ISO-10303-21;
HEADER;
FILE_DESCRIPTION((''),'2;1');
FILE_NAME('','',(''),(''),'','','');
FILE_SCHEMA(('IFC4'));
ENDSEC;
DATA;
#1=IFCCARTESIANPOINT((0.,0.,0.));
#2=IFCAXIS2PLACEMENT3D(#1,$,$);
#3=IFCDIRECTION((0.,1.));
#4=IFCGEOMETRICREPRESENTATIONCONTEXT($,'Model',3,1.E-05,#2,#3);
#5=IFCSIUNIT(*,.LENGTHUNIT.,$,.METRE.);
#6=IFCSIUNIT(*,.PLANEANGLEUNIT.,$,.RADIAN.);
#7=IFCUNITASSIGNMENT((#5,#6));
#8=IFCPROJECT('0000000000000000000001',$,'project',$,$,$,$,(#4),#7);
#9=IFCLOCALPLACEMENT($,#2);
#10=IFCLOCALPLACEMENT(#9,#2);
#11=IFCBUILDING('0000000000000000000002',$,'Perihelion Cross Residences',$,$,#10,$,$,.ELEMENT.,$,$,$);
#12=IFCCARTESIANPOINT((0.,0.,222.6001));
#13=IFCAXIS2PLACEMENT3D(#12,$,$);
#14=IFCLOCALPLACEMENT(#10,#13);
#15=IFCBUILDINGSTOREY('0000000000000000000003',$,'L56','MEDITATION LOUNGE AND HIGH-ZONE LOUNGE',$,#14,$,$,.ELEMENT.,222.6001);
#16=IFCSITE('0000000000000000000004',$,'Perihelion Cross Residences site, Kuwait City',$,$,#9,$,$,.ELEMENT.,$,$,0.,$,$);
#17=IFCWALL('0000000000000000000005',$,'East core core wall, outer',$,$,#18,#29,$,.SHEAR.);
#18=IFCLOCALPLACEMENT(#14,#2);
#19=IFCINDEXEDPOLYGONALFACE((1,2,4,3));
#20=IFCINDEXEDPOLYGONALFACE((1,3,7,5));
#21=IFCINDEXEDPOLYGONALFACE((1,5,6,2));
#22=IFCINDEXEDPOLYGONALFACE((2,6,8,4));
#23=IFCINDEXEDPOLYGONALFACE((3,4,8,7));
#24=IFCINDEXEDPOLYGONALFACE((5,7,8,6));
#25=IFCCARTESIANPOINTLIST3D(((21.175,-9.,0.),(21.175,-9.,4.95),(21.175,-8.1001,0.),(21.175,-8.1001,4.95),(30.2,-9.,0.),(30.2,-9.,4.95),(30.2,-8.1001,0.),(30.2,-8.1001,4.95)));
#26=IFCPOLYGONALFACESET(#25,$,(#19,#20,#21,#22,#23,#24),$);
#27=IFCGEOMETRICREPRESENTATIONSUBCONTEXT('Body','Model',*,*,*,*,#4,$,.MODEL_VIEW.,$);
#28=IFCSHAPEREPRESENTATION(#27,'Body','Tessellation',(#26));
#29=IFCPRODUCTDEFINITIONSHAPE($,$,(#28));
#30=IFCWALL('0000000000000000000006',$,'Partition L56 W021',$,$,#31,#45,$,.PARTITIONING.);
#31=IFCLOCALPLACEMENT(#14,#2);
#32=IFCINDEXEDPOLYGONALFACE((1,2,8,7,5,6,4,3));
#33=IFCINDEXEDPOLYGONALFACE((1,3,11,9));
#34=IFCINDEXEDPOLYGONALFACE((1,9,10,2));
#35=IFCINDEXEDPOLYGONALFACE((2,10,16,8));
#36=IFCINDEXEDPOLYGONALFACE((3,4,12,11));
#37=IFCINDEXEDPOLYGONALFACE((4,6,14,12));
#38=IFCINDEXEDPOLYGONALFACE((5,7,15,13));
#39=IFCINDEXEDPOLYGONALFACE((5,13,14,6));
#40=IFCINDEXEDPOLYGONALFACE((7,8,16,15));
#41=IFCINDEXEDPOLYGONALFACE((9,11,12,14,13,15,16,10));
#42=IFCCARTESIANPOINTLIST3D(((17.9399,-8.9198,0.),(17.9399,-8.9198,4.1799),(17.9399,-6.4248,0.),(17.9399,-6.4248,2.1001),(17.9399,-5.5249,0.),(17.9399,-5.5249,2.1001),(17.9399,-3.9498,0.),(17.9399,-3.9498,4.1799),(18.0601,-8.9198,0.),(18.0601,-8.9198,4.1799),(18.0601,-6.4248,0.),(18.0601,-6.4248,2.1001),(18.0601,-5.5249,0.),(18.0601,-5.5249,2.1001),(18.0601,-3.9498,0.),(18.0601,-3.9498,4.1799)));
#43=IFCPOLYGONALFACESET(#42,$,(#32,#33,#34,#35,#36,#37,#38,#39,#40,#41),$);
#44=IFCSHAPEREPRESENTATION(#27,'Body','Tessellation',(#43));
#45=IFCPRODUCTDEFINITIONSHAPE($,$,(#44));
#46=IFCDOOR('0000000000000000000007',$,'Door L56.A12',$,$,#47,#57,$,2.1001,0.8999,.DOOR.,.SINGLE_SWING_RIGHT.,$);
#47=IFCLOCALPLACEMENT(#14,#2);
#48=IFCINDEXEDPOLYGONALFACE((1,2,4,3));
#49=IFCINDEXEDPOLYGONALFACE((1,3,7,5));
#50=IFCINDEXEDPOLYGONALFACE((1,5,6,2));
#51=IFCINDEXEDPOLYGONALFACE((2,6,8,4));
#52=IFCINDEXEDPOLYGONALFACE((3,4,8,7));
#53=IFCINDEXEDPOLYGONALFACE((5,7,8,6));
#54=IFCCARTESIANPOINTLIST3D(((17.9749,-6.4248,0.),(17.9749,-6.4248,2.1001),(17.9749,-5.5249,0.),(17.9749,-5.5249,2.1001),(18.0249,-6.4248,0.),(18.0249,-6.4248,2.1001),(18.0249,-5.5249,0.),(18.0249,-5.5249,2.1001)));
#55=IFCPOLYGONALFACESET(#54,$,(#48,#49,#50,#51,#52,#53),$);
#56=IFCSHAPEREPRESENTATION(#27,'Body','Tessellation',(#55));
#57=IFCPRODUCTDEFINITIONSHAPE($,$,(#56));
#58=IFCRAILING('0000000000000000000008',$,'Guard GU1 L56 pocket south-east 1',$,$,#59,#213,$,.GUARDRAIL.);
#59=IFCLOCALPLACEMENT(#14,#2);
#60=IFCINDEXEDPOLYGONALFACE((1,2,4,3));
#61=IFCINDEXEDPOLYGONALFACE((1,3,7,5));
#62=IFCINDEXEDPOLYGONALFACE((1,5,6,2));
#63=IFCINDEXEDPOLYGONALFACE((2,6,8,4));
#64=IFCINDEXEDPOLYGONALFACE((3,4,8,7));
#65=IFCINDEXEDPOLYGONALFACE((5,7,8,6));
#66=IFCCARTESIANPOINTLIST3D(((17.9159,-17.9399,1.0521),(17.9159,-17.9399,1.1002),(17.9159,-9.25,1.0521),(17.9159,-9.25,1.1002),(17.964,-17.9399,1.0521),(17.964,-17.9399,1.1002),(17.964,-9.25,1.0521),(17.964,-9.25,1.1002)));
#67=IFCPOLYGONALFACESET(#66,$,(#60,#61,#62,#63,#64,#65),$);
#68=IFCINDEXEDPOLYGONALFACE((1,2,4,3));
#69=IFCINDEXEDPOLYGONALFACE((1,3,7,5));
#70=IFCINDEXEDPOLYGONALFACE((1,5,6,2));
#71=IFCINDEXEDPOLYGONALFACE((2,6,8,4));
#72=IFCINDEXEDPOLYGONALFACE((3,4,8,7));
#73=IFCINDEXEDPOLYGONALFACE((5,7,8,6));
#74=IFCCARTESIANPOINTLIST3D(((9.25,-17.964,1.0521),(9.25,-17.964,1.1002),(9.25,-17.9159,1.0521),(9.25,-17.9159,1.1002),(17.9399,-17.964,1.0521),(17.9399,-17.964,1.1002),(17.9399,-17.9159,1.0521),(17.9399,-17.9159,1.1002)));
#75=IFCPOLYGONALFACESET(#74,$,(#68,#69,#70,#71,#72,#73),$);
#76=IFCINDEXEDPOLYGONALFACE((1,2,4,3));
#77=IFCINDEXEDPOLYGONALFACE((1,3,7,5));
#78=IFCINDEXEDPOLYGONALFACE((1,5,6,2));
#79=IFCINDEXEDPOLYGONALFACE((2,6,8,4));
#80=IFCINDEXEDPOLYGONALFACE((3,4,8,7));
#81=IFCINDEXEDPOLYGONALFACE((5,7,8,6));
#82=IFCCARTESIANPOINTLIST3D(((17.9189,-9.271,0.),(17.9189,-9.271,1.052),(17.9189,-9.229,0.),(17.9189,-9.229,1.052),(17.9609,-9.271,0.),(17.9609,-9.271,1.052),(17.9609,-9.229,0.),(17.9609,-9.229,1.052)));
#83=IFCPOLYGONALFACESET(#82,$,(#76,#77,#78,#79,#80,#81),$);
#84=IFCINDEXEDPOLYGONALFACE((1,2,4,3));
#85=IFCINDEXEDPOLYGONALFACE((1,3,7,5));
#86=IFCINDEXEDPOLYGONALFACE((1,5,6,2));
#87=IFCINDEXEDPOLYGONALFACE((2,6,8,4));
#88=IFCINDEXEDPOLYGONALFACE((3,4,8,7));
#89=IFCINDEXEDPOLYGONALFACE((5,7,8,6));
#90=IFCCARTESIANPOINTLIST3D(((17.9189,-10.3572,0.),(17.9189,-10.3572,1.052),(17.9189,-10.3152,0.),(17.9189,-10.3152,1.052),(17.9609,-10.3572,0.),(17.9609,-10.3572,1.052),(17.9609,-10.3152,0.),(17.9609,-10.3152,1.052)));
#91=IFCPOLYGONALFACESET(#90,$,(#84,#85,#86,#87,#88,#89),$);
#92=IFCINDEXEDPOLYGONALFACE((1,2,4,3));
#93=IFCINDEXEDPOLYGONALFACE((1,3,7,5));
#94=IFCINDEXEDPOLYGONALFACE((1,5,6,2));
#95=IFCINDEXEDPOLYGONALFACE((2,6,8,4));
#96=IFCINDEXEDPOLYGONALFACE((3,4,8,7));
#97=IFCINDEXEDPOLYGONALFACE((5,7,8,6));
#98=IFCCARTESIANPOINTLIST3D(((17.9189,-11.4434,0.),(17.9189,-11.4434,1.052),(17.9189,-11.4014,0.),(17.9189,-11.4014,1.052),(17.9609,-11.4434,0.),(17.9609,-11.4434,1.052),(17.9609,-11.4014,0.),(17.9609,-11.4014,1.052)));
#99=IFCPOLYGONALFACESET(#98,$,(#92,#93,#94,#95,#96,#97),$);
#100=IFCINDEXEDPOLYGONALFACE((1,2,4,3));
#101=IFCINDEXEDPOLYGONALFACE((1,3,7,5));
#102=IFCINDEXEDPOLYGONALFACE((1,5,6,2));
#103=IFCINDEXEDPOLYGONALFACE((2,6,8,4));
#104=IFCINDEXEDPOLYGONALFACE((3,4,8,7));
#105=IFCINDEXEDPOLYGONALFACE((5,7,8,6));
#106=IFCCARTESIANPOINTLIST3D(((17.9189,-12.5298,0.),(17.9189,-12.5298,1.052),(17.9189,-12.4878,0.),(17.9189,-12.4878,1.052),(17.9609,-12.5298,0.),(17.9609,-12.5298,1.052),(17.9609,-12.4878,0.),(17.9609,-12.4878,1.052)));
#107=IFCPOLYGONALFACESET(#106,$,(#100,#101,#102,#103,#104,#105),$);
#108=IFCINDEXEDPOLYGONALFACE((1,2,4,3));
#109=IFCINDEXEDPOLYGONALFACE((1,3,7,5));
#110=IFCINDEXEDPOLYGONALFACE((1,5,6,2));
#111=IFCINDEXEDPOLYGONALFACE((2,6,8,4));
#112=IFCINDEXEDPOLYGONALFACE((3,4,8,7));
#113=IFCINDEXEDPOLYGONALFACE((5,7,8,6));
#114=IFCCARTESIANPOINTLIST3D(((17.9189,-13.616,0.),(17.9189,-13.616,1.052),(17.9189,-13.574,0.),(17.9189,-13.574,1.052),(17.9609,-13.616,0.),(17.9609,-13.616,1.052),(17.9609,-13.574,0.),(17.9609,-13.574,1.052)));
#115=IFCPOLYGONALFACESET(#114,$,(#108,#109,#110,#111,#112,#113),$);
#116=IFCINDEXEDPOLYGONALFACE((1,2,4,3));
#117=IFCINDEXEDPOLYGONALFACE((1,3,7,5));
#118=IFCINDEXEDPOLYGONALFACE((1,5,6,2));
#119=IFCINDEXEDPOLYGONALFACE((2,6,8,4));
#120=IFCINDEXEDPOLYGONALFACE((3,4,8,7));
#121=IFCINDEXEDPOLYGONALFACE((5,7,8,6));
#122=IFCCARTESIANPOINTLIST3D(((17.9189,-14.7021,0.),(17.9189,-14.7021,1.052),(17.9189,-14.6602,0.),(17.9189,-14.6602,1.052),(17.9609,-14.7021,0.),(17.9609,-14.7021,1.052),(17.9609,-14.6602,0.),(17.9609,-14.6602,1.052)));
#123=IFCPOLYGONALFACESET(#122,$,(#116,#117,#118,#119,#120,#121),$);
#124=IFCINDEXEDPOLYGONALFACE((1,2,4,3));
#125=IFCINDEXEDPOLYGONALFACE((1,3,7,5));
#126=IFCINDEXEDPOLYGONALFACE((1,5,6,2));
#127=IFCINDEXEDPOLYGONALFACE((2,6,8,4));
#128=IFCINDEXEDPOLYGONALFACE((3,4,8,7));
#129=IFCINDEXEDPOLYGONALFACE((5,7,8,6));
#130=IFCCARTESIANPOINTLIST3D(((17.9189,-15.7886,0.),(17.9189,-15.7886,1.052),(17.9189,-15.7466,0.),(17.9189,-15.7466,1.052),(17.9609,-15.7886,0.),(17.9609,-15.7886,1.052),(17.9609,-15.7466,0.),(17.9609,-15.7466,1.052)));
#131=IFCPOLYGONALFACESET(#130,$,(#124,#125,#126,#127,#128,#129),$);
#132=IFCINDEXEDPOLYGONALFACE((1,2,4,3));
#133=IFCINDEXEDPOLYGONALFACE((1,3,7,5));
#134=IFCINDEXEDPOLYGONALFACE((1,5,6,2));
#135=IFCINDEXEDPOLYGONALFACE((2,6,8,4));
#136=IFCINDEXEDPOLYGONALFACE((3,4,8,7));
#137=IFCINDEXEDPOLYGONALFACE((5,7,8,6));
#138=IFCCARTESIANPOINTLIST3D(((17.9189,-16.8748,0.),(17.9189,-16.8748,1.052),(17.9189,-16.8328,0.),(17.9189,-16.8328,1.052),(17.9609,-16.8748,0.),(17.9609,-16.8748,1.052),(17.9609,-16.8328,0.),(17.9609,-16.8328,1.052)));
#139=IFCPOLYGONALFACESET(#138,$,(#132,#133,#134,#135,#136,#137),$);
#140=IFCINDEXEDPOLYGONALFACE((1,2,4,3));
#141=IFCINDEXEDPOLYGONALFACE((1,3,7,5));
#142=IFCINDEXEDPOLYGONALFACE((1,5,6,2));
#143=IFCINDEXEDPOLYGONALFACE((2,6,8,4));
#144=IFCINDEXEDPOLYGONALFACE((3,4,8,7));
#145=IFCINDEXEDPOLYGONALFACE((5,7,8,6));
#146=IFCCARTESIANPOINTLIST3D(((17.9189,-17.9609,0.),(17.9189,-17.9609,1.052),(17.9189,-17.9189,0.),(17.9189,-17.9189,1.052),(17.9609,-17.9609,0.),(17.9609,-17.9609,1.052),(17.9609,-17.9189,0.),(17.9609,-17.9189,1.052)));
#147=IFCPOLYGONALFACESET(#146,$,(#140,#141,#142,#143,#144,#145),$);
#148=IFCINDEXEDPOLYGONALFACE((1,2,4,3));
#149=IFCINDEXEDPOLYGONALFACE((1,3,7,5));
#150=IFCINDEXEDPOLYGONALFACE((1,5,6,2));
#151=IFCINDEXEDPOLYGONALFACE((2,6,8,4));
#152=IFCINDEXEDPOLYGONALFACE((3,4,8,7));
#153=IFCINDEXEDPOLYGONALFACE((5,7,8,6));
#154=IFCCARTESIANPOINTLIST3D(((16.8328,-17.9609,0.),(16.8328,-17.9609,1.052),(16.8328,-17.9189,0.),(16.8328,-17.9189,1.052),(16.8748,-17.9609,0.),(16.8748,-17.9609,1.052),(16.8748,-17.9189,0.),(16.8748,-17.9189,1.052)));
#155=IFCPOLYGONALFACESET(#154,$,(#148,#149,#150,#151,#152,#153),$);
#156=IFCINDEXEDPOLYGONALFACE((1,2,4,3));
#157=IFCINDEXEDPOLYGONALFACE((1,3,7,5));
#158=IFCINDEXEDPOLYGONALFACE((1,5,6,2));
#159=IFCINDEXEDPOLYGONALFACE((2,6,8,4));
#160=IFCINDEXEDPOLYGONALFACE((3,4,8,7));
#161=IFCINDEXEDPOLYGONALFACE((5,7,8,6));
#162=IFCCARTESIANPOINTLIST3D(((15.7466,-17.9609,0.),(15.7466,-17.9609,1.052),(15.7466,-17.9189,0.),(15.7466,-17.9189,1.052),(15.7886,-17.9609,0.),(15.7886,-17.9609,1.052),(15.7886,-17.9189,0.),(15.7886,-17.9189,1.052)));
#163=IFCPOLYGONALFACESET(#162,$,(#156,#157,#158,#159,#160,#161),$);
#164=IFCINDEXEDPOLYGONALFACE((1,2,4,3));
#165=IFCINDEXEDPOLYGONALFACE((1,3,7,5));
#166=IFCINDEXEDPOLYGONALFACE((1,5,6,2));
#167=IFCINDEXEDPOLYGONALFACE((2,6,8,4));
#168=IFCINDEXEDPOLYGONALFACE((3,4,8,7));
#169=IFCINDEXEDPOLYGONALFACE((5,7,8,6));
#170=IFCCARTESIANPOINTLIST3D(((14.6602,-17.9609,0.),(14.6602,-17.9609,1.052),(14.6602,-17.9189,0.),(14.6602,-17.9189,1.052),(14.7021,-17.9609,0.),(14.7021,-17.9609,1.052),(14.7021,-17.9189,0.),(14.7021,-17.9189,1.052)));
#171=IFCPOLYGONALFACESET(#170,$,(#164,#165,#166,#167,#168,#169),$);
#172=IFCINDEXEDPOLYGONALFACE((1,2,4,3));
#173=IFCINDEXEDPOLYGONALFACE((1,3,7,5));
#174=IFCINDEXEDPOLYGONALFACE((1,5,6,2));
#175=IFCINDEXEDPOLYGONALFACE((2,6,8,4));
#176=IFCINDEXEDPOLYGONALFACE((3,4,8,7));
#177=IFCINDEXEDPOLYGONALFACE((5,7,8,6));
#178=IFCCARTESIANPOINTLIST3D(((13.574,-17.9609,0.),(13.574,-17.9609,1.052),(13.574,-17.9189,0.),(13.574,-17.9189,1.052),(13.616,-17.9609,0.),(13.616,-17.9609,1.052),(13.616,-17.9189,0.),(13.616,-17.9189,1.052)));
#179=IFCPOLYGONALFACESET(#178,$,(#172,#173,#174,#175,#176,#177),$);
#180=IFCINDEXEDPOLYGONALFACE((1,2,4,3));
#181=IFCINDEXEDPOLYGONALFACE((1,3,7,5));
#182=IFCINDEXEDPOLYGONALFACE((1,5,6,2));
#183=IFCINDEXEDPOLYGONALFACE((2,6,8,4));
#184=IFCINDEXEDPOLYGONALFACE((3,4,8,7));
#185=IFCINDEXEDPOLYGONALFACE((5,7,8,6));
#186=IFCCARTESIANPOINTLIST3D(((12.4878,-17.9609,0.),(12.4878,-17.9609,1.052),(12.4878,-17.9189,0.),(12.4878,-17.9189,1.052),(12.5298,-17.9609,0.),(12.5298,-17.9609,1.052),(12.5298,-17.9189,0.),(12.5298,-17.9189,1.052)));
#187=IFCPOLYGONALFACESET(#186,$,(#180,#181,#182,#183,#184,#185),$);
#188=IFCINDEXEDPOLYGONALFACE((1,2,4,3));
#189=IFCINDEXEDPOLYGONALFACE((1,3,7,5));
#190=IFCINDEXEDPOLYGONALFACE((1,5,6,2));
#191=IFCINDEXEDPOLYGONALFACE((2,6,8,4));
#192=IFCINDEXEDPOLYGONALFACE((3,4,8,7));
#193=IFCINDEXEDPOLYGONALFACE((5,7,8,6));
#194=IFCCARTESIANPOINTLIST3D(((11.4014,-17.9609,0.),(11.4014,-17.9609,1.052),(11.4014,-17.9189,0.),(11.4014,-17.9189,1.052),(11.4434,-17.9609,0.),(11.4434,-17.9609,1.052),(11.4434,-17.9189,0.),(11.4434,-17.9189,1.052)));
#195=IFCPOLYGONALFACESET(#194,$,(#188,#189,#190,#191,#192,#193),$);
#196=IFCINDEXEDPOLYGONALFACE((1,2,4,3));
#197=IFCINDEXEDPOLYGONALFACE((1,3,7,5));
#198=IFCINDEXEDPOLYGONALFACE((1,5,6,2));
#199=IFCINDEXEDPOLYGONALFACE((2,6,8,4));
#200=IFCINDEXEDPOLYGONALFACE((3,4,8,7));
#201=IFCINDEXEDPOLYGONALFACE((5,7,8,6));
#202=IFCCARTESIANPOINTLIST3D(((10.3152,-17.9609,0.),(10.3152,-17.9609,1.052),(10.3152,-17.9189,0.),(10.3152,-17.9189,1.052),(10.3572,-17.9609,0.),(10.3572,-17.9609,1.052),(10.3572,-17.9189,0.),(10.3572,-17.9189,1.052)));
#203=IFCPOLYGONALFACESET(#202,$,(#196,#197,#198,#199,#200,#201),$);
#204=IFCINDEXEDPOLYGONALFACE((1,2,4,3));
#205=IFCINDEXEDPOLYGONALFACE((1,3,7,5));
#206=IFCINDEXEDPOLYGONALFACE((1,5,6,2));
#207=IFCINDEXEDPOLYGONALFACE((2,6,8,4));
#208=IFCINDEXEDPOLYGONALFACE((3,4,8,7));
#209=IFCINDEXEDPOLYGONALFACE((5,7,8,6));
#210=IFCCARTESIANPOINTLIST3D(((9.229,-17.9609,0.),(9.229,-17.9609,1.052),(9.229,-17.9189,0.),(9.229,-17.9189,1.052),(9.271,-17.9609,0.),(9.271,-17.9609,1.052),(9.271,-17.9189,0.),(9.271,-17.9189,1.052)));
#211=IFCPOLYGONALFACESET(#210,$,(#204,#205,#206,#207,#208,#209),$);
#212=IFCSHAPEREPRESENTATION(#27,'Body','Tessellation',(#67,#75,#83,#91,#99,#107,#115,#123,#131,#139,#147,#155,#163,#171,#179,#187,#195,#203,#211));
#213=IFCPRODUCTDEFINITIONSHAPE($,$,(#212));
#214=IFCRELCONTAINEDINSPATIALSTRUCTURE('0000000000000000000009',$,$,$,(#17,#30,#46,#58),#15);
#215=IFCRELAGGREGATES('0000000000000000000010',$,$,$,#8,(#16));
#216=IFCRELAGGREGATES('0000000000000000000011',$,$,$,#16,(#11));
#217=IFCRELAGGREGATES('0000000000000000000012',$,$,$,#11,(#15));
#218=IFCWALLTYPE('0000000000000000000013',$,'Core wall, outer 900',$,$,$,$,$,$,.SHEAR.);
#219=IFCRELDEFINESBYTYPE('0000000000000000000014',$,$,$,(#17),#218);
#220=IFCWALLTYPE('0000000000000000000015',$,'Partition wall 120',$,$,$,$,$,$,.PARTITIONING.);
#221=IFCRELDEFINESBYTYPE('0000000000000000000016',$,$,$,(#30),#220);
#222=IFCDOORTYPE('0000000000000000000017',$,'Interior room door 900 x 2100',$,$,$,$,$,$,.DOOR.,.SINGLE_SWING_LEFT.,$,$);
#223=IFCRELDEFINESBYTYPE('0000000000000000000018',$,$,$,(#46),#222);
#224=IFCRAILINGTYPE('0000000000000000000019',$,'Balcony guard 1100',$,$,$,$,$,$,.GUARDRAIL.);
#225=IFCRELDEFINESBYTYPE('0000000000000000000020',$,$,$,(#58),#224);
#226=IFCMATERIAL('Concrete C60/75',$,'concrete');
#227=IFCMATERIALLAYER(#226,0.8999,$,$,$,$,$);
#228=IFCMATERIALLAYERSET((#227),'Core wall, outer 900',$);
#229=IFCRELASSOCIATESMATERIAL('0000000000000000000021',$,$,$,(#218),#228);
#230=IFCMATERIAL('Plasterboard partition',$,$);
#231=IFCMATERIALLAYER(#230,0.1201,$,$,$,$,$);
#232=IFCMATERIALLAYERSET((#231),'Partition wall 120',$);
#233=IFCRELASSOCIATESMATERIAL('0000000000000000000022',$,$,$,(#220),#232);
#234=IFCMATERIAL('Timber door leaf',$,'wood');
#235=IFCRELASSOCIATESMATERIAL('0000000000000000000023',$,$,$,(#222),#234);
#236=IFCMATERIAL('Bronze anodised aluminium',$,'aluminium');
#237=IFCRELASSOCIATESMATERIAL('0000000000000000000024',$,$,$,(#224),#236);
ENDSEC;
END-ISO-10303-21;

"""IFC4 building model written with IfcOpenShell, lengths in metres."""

from ifc_helpers import new_model, si_unit, direction, frame, frame_2d, origin, origin_2d, place, context, subcontext, project, spatial, rectangle, extrude, material, layer, layer_set, type_object, element, fill, save


model = new_model("IFC4")

# Units and contexts
model_context = context("Model", 3, precision=1e-05, world=origin(), true_north=direction((0.0, 1.0)))
body_context = subcontext(model_context, "Body", "Model", "MODEL_VIEW")
ifc_project = project(units=[si_unit("LENGTHUNIT", "METRE"), si_unit("PLANEANGLEUNIT", "RADIAN")], contexts=[model_context])

# Site, building, storey
site_placement = place(None, origin())
site = spatial("IfcSite", under=ifc_project, at=site_placement, Name="Perihelion Cross Residences site, Kuwait City", CompositionType="ELEMENT", RefElevation=0.0)
building_placement = place(site_placement, origin())
building = spatial("IfcBuilding", under=site, at=building_placement, Name="Perihelion Cross Residences", CompositionType="ELEMENT")
storey_placement = place(building_placement, frame((0.0, 0.0, 222.6001)))
storey = spatial("IfcBuildingStorey", under=building, at=storey_placement, Name="L56", Description="MEDITATION LOUNGE AND HIGH-ZONE LOUNGE", CompositionType="ELEMENT", Elevation=222.6001)

# Wall
ifc_material_1 = material(Name="Concrete C60/75", Category="concrete")
ifc_layer_1 = layer(ifc_material_1, 0.8999)
ifc_layer_set_1 = layer_set([ifc_layer_1], Name="Core wall, outer 900")
wall_type_1 = type_object("IfcWallType", Name="Core wall, outer 900", PredefinedType="SHEAR", material=ifc_layer_set_1)
wall_1_placement = place(storey_placement, frame((21.175, -8.55, 0.0), z_axis=(0.0, 0.0, 1.0), x_axis=(1.0, 0.0, 0.0)))
element("IfcWall", 1, at=wall_1_placement, inside=storey, type_object=wall_type_1, Name="East core core wall, outer", PredefinedType="SHEAR", context=body_context, shape_type="SweptSolid", body=[
    extrude(rectangle(XDim=9.0249, YDim=0.8999, at=frame_2d((4.5125, 0.0))), origin(), (0.0, 0.0, 1.0), 4.95),
])

# Wall, opening, door
ifc_material_2 = material(Name="Plasterboard partition")
ifc_layer_2 = layer(ifc_material_2, 0.1201)
ifc_layer_set_2 = layer_set([ifc_layer_2], Name="Partition wall 120")
wall_type_2 = type_object("IfcWallType", Name="Partition wall 120", PredefinedType="PARTITIONING", material=ifc_layer_set_2)
wall_2_placement = place(storey_placement, frame((18.0, -3.95, 0.0), z_axis=(0.0, 0.0, 1.0), x_axis=(0.0, -1.0, 0.0)))
wall_2 = element("IfcWall", 2, at=wall_2_placement, inside=storey, type_object=wall_type_2, Name="Partition L56 W021", PredefinedType="PARTITIONING", context=body_context, shape_type="SweptSolid", body=[
    extrude(rectangle(XDim=4.97, YDim=0.1201, at=frame_2d((2.4849, 0.0))), origin(), (0.0, 0.0, 1.0), 4.1799),
])
opening_1_placement = place(wall_2_placement, frame((1.575, 0.0, 0.0)))
opening_1 = element("IfcOpeningElement", 3, at=opening_1_placement, cuts=wall_2, PredefinedType="OPENING", context=body_context, shape_type="SweptSolid", body=[
    extrude(rectangle(XDim=0.8999, YDim=2.1001, at=frame_2d((0.45, 1.05))), frame((0.0, 0.0701, 0.0), z_axis=(0.0, -1.0, 0.0), x_axis=(1.0, 0.0, 0.0)), (0.0, 0.0, 1.0), 0.1401),
])
ifc_material_3 = material(Name="Timber door leaf", Category="wood")
door_type_1 = type_object("IfcDoorType", Name="Interior room door 900 x 2100", OperationType="SINGLE_SWING_LEFT", PredefinedType="DOOR", material=ifc_material_3)
door_1_placement = place(opening_1_placement, origin())
door_1 = element("IfcDoor", 4, at=door_1_placement, inside=storey, type_object=door_type_1, Name="Door L56.A12", OperationType="SINGLE_SWING_RIGHT", OverallHeight=2.1001, OverallWidth=0.8999, PredefinedType="DOOR", context=body_context, shape_type="SweptSolid", body=[
    extrude(rectangle(XDim=0.8999, YDim=2.1001, at=frame_2d((0.45, 1.05))), frame((0.0, 0.0249, 0.0), z_axis=(0.0, -1.0, 0.0), x_axis=(1.0, 0.0, 0.0)), (0.0, 0.0, 1.0), 0.05),
])
fill(opening_1, door_1)

# Railing
ifc_material_4 = material(Name="Bronze anodised aluminium", Category="aluminium")
railing_type = type_object("IfcRailingType", Name="Balcony guard 1100", PredefinedType="GUARDRAIL", material=ifc_material_4)
railing_placement = place(storey_placement, frame((17.9399, -9.25, 0.0)))
element("IfcRailing", 5, at=railing_placement, inside=storey, type_object=railing_type, Name="Guard GU1 L56 pocket south-east 1", PredefinedType="GUARDRAIL", context=body_context, shape_type="SweptSolid", body=[
    extrude(rectangle(XDim=0.0481, YDim=0.0481, at=origin_2d()), frame((0.0, 0.0, 1.0762), z_axis=(0.0, -1.0, 0.0), x_axis=(1.0, 0.0, 0.0)), (0.0, 0.0, 1.0), 8.6899),
    extrude(rectangle(XDim=0.0481, YDim=0.0481, at=origin_2d()), frame((0.0, -8.6899, 1.0762), z_axis=(-1.0, 0.0, 0.0), x_axis=(0.0, -1.0, 0.0)), (0.0, 0.0, 1.0), 8.6899),
    extrude(rectangle(XDim=0.042, YDim=0.042, at=origin_2d()), origin(), (0.0, 0.0, 1.0), 1.052),
    extrude(rectangle(XDim=0.042, YDim=0.042, at=origin_2d()), frame((0.0, -1.0862, 0.0)), (0.0, 0.0, 1.0), 1.052),
    extrude(rectangle(XDim=0.042, YDim=0.042, at=origin_2d()), frame((0.0, -2.1724, 0.0)), (0.0, 0.0, 1.0), 1.052),
    extrude(rectangle(XDim=0.042, YDim=0.042, at=origin_2d()), frame((0.0, -3.2588, 0.0)), (0.0, 0.0, 1.0), 1.052),
    extrude(rectangle(XDim=0.042, YDim=0.042, at=origin_2d()), frame((0.0, -4.345, 0.0)), (0.0, 0.0, 1.0), 1.052),
    extrude(rectangle(XDim=0.042, YDim=0.042, at=origin_2d()), frame((0.0, -5.4312, 0.0)), (0.0, 0.0, 1.0), 1.052),
    extrude(rectangle(XDim=0.042, YDim=0.042, at=origin_2d()), frame((0.0, -6.5176, 0.0)), (0.0, 0.0, 1.0), 1.052),
    extrude(rectangle(XDim=0.042, YDim=0.042, at=origin_2d()), frame((0.0, -7.6038, 0.0)), (0.0, 0.0, 1.0), 1.052),
    extrude(rectangle(XDim=0.042, YDim=0.042, at=origin_2d()), frame((0.0, -8.6899, 0.0)), (0.0, 0.0, 1.0), 1.052),
    extrude(rectangle(XDim=0.042, YDim=0.042, at=origin_2d()), frame((-1.0862, -8.6899, 0.0)), (0.0, 0.0, 1.0), 1.052),
    extrude(rectangle(XDim=0.042, YDim=0.042, at=origin_2d()), frame((-2.1724, -8.6899, 0.0)), (0.0, 0.0, 1.0), 1.052),
    extrude(rectangle(XDim=0.042, YDim=0.042, at=origin_2d()), frame((-3.2588, -8.6899, 0.0)), (0.0, 0.0, 1.0), 1.052),
    extrude(rectangle(XDim=0.042, YDim=0.042, at=origin_2d()), frame((-4.345, -8.6899, 0.0)), (0.0, 0.0, 1.0), 1.052),
    extrude(rectangle(XDim=0.042, YDim=0.042, at=origin_2d()), frame((-5.4312, -8.6899, 0.0)), (0.0, 0.0, 1.0), 1.052),
    extrude(rectangle(XDim=0.042, YDim=0.042, at=origin_2d()), frame((-6.5176, -8.6899, 0.0)), (0.0, 0.0, 1.0), 1.052),
    extrude(rectangle(XDim=0.042, YDim=0.042, at=origin_2d()), frame((-7.6038, -8.6899, 0.0)), (0.0, 0.0, 1.0), 1.052),
    extrude(rectangle(XDim=0.042, YDim=0.042, at=origin_2d()), frame((-8.6899, -8.6899, 0.0)), (0.0, 0.0, 1.0), 1.052),
])

save(model, "model.ifc")
